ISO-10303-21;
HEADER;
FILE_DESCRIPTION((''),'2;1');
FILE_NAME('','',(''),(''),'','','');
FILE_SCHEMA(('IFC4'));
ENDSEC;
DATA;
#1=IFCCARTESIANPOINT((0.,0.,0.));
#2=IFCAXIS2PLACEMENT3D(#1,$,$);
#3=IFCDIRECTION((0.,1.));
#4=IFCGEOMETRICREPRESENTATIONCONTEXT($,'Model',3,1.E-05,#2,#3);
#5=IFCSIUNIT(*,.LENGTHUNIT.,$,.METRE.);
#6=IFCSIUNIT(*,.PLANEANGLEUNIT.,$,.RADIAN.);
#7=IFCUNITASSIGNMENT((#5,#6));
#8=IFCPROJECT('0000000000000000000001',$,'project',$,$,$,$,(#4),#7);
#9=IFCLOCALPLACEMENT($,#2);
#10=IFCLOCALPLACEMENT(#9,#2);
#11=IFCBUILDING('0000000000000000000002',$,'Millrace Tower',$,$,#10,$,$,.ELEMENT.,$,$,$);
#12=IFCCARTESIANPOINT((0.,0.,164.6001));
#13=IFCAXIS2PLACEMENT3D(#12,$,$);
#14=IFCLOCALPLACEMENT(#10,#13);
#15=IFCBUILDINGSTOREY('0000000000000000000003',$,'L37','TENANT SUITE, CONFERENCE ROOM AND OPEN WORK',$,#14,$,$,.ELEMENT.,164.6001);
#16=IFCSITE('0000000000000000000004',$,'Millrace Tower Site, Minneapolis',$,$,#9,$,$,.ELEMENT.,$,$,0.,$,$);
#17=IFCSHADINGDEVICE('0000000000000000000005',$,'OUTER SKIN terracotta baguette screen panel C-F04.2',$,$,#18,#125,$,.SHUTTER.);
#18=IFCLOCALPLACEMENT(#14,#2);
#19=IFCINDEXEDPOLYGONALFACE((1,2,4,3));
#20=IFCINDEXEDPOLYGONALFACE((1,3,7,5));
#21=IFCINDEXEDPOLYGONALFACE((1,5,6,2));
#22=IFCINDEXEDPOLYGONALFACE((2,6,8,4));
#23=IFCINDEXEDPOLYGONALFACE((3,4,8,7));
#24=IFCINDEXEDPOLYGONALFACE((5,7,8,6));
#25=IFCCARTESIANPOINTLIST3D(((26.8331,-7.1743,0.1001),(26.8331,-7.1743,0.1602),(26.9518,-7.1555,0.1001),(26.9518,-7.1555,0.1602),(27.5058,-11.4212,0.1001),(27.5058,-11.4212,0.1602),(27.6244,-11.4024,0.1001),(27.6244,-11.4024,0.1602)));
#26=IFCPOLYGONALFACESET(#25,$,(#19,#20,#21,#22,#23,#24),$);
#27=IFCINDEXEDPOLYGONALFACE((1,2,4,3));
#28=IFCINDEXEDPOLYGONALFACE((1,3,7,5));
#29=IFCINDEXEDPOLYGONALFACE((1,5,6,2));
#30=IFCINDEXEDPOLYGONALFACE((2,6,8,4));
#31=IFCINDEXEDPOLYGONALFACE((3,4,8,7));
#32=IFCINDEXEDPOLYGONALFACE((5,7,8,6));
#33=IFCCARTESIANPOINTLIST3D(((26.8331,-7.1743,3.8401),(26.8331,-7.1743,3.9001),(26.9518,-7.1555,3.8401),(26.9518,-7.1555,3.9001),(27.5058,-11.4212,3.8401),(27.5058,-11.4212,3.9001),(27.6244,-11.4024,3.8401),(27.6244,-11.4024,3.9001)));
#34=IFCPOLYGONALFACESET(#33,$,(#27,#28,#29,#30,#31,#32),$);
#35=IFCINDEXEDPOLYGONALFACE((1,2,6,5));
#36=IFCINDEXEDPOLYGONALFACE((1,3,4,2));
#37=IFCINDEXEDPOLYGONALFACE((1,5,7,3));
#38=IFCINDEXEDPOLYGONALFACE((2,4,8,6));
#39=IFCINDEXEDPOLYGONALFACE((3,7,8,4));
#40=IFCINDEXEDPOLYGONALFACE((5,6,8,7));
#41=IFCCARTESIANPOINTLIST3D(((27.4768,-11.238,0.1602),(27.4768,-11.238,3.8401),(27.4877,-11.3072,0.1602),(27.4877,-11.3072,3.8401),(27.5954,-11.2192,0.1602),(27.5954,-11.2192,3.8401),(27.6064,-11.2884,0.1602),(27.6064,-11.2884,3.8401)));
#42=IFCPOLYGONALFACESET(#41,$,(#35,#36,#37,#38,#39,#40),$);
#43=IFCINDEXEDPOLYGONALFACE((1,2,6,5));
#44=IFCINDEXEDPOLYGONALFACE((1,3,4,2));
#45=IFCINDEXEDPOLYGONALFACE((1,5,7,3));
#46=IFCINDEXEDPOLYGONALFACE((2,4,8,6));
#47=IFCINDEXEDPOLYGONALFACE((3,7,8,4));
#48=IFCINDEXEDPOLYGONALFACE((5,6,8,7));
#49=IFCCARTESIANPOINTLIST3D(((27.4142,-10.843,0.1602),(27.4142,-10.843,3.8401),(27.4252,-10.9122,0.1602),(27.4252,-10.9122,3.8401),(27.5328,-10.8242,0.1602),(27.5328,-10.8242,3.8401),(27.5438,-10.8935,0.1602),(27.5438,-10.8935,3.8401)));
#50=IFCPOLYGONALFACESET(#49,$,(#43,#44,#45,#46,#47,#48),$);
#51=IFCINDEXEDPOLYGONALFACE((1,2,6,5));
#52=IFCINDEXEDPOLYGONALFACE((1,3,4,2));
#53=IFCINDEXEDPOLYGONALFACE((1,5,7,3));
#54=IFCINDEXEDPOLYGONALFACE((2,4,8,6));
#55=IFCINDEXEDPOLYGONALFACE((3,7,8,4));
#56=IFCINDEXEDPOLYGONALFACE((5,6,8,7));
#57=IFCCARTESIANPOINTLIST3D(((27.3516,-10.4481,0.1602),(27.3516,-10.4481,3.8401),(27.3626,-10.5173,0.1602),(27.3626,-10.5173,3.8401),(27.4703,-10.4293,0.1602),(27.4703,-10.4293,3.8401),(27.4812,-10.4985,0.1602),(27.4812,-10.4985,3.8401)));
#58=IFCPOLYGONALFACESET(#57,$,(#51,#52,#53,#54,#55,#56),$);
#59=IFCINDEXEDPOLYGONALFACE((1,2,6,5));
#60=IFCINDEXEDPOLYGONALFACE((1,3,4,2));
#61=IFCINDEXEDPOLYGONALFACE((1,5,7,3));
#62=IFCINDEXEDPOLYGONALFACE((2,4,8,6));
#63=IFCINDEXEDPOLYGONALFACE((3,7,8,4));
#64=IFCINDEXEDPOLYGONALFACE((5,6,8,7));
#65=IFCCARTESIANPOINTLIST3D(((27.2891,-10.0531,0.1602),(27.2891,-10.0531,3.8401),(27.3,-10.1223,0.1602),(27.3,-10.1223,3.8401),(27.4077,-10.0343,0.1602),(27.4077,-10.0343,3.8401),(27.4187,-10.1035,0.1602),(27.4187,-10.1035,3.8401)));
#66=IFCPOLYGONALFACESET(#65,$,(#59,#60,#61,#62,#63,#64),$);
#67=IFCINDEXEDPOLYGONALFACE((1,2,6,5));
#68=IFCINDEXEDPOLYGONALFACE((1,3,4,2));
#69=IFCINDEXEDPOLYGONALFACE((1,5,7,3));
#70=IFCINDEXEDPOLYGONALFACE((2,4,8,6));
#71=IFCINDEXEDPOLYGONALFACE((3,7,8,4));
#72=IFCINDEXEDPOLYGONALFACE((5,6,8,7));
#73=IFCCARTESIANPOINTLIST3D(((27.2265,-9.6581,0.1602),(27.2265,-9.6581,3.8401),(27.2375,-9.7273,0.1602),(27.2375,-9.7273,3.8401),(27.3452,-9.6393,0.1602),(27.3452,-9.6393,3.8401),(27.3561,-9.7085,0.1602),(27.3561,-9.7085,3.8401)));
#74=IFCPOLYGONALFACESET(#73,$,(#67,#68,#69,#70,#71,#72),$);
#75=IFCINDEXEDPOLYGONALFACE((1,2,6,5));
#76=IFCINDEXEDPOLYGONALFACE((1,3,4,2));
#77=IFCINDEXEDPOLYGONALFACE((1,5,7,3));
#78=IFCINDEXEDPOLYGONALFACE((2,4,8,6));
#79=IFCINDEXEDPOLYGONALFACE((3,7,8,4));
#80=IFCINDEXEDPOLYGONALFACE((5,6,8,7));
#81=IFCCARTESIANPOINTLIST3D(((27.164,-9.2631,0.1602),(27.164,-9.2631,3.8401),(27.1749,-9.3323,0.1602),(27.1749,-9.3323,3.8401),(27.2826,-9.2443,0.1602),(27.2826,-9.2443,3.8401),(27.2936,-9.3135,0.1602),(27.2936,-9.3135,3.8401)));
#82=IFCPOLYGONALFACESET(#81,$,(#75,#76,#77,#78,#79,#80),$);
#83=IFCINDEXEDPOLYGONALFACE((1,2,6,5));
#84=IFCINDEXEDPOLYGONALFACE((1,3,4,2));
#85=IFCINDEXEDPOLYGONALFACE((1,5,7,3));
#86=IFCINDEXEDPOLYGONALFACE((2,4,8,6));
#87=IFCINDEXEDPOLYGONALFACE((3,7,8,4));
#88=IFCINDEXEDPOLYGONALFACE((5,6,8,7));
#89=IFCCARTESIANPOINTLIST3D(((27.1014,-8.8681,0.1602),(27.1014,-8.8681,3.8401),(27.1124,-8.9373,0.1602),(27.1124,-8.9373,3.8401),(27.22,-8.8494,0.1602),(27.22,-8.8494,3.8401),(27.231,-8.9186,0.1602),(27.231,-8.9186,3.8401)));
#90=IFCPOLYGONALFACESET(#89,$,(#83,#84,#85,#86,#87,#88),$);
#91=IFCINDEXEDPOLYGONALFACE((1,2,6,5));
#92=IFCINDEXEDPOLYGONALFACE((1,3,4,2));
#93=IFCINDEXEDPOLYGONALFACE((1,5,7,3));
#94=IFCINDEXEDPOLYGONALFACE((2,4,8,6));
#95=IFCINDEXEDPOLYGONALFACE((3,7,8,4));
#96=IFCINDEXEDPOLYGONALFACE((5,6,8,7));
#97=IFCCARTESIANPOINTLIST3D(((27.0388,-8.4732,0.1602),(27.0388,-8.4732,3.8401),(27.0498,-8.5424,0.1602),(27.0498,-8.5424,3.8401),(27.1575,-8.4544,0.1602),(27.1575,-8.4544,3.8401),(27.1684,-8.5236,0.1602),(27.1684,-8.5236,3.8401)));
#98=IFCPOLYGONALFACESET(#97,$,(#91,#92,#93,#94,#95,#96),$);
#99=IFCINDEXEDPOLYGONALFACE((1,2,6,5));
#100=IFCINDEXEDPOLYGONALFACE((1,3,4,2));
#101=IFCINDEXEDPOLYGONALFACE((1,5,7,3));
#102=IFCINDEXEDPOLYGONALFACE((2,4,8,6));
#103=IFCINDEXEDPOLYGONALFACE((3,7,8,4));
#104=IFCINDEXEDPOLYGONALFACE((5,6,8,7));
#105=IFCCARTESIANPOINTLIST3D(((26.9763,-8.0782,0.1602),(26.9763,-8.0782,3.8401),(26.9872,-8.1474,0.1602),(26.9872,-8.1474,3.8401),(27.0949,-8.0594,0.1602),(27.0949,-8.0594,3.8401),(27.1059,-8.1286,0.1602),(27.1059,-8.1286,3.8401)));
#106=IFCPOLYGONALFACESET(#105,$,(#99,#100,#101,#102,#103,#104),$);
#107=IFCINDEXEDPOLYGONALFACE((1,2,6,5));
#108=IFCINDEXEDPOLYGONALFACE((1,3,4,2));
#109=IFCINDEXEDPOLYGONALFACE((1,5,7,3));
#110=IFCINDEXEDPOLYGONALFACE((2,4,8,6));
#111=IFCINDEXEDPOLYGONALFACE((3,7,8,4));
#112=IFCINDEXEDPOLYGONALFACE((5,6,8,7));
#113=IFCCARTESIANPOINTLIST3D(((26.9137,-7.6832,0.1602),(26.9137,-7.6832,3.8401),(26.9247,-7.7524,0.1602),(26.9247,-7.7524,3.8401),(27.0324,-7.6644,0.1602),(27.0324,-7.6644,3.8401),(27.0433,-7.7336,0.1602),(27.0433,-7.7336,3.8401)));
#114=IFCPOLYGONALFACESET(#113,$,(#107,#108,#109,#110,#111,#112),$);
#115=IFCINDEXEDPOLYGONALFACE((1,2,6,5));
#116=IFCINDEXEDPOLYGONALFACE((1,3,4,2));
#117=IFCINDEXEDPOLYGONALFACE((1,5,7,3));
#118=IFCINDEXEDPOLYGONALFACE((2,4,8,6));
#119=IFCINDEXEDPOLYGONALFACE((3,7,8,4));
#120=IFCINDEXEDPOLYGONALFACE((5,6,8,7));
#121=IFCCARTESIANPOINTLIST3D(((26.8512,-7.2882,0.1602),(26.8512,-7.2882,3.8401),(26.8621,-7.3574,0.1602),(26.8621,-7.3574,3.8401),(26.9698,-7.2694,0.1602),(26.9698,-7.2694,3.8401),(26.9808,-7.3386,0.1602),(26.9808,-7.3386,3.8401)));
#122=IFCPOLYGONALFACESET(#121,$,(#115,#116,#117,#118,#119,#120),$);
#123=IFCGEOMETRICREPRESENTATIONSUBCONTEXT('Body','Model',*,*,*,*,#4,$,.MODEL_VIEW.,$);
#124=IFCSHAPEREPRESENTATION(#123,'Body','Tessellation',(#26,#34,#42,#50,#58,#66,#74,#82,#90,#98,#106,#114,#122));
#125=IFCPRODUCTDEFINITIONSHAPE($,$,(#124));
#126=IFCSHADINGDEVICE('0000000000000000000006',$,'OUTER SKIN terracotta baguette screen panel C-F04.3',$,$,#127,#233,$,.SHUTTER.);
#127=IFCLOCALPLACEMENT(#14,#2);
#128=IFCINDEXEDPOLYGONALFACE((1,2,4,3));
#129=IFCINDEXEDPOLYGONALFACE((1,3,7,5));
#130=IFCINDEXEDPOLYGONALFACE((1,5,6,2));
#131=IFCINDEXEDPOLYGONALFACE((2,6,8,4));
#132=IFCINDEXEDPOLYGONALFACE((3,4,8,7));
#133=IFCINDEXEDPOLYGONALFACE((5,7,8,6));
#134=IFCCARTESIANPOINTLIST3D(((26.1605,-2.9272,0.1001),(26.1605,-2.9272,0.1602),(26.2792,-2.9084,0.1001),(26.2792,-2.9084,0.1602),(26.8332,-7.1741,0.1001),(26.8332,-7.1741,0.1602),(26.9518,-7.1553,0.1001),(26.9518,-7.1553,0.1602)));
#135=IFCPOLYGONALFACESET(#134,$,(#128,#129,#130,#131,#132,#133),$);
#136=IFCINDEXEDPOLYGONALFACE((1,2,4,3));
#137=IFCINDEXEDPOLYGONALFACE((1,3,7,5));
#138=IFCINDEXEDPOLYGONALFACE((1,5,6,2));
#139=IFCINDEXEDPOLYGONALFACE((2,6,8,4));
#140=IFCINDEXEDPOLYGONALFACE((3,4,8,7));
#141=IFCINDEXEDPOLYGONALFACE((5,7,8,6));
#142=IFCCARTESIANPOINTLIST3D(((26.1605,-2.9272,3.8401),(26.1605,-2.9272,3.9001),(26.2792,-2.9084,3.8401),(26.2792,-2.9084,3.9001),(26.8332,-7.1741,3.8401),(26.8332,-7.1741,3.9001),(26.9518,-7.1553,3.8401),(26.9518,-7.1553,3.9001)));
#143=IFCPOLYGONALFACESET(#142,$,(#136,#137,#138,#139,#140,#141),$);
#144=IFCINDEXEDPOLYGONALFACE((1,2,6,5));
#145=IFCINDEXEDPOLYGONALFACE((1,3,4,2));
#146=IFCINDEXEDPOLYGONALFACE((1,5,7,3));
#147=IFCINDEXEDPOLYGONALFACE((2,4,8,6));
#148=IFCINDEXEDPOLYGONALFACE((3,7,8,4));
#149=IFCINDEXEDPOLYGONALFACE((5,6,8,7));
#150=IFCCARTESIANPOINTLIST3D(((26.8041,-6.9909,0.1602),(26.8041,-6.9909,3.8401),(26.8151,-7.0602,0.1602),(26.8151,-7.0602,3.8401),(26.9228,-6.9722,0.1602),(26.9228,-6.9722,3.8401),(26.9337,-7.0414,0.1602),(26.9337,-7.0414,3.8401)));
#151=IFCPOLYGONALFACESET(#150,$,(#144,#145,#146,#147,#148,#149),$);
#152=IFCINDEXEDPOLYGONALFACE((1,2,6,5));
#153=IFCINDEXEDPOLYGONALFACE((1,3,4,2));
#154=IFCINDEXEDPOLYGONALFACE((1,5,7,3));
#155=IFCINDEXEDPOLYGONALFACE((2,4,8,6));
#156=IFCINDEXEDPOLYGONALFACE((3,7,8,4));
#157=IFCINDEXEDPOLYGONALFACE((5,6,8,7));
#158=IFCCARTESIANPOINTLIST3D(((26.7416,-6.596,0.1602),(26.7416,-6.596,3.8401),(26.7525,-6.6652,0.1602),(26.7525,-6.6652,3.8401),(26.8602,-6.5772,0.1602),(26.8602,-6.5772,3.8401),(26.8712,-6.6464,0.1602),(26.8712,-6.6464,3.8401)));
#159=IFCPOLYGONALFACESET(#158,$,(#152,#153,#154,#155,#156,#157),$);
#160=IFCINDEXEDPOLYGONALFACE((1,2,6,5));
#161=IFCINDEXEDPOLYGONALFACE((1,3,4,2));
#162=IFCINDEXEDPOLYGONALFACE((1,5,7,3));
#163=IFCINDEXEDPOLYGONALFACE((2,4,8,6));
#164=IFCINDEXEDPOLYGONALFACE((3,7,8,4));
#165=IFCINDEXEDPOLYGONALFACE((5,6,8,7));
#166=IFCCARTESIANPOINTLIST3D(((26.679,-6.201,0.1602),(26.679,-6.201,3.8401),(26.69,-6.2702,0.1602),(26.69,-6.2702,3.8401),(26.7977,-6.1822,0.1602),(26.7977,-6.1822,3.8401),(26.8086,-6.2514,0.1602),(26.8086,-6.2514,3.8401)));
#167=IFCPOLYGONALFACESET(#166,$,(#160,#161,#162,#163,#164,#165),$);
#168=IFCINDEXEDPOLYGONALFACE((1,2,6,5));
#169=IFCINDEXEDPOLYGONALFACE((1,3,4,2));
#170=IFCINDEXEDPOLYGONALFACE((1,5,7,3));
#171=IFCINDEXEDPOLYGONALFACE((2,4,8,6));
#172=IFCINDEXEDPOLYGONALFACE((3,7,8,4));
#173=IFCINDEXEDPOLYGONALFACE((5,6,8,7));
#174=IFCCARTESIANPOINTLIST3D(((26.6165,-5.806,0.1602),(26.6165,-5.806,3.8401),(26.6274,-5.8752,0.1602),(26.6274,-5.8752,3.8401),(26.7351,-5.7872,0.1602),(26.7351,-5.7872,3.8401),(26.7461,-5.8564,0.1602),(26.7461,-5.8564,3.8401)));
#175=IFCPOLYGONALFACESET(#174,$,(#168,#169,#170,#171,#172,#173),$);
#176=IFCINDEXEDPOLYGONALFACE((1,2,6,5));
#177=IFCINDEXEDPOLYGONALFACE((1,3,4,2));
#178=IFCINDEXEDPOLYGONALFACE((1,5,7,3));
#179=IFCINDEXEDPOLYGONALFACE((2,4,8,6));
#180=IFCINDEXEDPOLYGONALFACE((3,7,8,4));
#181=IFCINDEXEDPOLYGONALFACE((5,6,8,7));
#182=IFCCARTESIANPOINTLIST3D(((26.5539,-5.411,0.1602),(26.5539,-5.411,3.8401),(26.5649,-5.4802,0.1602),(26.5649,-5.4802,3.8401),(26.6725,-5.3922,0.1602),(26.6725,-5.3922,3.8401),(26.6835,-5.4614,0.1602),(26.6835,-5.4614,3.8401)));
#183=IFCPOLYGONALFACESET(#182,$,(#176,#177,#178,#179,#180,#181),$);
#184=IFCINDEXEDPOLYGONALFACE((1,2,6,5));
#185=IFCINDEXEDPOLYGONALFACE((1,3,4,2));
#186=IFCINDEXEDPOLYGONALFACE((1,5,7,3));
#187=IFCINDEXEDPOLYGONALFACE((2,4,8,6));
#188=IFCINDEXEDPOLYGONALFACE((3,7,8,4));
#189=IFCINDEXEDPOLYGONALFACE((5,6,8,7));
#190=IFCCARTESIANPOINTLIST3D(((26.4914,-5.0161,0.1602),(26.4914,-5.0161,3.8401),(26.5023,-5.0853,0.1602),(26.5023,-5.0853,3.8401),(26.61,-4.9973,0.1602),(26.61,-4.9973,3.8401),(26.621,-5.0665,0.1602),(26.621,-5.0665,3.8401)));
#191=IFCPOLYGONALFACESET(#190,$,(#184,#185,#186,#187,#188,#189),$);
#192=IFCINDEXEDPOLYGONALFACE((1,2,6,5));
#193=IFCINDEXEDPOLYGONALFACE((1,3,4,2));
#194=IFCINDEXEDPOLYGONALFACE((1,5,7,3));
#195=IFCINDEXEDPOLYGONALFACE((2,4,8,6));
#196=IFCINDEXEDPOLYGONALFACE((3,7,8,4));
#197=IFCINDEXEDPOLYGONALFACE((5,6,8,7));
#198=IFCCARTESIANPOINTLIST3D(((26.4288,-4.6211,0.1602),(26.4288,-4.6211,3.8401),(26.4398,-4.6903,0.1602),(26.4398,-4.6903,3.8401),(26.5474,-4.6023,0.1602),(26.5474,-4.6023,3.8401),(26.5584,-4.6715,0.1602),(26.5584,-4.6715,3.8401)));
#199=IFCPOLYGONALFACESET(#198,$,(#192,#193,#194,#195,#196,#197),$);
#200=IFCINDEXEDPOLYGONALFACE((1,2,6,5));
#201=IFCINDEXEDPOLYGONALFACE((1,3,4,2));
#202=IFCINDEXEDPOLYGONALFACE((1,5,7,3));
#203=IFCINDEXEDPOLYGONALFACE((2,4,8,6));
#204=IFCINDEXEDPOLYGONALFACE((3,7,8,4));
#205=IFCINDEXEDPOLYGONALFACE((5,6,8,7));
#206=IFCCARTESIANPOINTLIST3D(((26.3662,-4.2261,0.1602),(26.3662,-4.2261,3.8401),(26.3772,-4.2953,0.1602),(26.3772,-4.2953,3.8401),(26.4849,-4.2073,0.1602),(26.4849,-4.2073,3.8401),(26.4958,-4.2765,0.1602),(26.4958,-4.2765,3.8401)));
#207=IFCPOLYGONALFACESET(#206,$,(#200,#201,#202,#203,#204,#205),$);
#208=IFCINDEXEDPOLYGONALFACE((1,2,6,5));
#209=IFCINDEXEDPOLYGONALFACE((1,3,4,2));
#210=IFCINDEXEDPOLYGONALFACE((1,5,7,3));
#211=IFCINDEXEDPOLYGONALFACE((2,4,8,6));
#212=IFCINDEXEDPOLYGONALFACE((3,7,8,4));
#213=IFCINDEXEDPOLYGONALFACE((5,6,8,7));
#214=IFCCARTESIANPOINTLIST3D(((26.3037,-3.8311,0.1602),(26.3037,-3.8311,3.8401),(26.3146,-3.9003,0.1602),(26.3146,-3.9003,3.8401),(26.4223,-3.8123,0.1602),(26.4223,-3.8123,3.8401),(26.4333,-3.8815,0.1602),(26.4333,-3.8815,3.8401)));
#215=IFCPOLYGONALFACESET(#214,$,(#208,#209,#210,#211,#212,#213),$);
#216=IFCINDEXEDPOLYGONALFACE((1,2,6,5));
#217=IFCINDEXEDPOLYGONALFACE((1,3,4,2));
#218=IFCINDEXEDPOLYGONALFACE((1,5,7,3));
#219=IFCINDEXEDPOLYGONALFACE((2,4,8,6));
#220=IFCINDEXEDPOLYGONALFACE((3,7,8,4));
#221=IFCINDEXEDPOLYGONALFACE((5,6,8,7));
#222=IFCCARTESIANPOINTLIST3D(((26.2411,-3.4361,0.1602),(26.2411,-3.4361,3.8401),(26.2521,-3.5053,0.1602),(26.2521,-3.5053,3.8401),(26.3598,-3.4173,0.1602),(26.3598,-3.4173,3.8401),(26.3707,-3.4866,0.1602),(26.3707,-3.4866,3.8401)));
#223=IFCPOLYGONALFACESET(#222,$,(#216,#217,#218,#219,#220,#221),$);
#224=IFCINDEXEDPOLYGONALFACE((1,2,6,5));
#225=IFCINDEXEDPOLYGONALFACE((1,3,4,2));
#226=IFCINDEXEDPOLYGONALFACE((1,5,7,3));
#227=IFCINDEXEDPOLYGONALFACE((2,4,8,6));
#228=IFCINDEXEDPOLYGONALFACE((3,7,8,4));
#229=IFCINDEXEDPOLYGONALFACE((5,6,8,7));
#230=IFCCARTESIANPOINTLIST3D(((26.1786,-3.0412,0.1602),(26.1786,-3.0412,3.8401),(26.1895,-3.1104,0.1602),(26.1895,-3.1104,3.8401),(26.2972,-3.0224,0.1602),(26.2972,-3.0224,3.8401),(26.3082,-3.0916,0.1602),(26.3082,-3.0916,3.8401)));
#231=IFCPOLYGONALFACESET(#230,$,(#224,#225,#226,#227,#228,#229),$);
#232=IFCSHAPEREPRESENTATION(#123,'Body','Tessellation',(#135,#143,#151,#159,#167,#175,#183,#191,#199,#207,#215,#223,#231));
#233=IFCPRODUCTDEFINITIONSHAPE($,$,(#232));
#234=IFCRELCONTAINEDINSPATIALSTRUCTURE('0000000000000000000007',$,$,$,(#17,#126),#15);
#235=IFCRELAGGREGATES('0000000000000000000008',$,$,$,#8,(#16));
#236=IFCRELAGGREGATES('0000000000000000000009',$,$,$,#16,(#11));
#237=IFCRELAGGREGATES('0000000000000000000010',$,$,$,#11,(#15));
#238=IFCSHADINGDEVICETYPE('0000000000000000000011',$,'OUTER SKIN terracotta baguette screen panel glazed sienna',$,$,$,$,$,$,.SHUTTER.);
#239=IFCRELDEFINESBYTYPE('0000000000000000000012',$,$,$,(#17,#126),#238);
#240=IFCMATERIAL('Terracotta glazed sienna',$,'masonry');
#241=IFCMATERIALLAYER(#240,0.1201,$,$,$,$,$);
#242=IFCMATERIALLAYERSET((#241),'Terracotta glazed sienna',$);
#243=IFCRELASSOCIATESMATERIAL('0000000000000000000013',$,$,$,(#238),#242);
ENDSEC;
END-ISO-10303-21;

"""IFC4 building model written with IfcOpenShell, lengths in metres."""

from ifc_helpers import new_model, entity, si_unit, direction, frame, frame_2d, origin, origin_2d, place, context, subcontext, project, spatial, rectangle, extrude, source, transform, mapped, material, layer, layer_set, type_object, element, save


model = new_model("IFC4")

# Units and contexts
model_context = context("Model", 3, precision=1e-05, world=origin(), true_north=direction((0.0, 1.0)))
body_context = subcontext(model_context, "Body", "Model", "MODEL_VIEW")
ifc_project = project(units=[si_unit("LENGTHUNIT", "METRE"), si_unit("PLANEANGLEUNIT", "RADIAN")], contexts=[model_context])

# Site, building, storey
site_placement = place(None, origin())
site = spatial("IfcSite", under=ifc_project, at=site_placement, Name="Millrace Tower Site, Minneapolis", CompositionType="ELEMENT", RefElevation=0.0)
building_placement = place(site_placement, origin())
building = spatial("IfcBuilding", under=site, at=building_placement, Name="Millrace Tower", CompositionType="ELEMENT")
storey_placement = place(building_placement, frame((0.0, 0.0, 164.6001)))
storey = spatial("IfcBuildingStorey", under=building, at=storey_placement, Name="L37", Description="TENANT SUITE, CONFERENCE ROOM AND OPEN WORK", CompositionType="ELEMENT", Elevation=164.6001)

# Shading devices
ifc_material_1 = material(Name="Terracotta glazed sienna", Category="masonry")
ifc_layer_1 = layer(ifc_material_1, 0.1201)
ifc_layer_set_1 = layer_set([ifc_layer_1], Name="Terracotta glazed sienna")
shading_device_type = type_object("IfcShadingDeviceType", Name="OUTER SKIN terracotta baguette screen panel glazed sienna", PredefinedType="SHUTTER", material=ifc_layer_set_1)
cartesian_point_1 = entity("IfcCartesianPoint", [-2.1499, 0.0601])
shared_polyline_1 = entity("IfcPolyline", [cartesian_point_1, entity("IfcCartesianPoint", [2.1499, 0.0601]), entity("IfcCartesianPoint", [2.1499, -0.0601]), entity("IfcCartesianPoint", [-2.1499, -0.0601]), cartesian_point_1])
shared_shape_1 = source(origin(), body_context, "Body", "SweptSolid", [
    entity("IfcExtrudedAreaSolid", entity("IfcArbitraryClosedProfileDef", "AREA", None, shared_polyline_1), entity("IfcAxis2Placement3D", entity("IfcCartesianPoint", [0.0, 0.0, 0.0])), entity("IfcDirection", [0.0, 0.0, 1.0]), 0.0601),
    entity("IfcExtrudedAreaSolid", entity("IfcArbitraryClosedProfileDef", "AREA", None, shared_polyline_1), entity("IfcAxis2Placement3D", entity("IfcCartesianPoint", [0.0, 0.0, 3.74])), entity("IfcDirection", [0.0, 0.0, 1.0]), 0.0601),
    extrude(rectangle(XDim=0.0701, YDim=0.1201, at=frame_2d((-1.9995, 0.0))), frame((0.0, 0.0, 0.0601)), (0.0, 0.0, 1.0), 3.6799),
    extrude(rectangle(XDim=0.0701, YDim=0.1201, at=frame_2d((-1.5996, 0.0))), frame((0.0, 0.0, 0.0601)), (0.0, 0.0, 1.0), 3.6799),
    extrude(rectangle(XDim=0.0701, YDim=0.1201, at=frame_2d((-1.1997, 0.0))), frame((0.0, 0.0, 0.0601)), (0.0, 0.0, 1.0), 3.6799),
    extrude(rectangle(XDim=0.0701, YDim=0.1201, at=frame_2d((-0.7998, 0.0))), frame((0.0, 0.0, 0.0601)), (0.0, 0.0, 1.0), 3.6799),
    extrude(rectangle(XDim=0.0701, YDim=0.1201, at=frame_2d((-0.3999, 0.0))), frame((0.0, 0.0, 0.0601)), (0.0, 0.0, 1.0), 3.6799),
    extrude(rectangle(XDim=0.0701, YDim=0.1201, at=origin_2d()), frame((0.0, 0.0, 0.0601)), (0.0, 0.0, 1.0), 3.6799),
    extrude(rectangle(XDim=0.0701, YDim=0.1201, at=frame_2d((0.3999, 0.0))), frame((0.0, 0.0, 0.0601)), (0.0, 0.0, 1.0), 3.6799),
    extrude(rectangle(XDim=0.0701, YDim=0.1201, at=frame_2d((0.7998, 0.0))), frame((0.0, 0.0, 0.0601)), (0.0, 0.0, 1.0), 3.6799),
    extrude(rectangle(XDim=0.0701, YDim=0.1201, at=frame_2d((1.1997, 0.0))), frame((0.0, 0.0, 0.0601)), (0.0, 0.0, 1.0), 3.6799),
    extrude(rectangle(XDim=0.0701, YDim=0.1201, at=frame_2d((1.5996, 0.0))), frame((0.0, 0.0, 0.0601)), (0.0, 0.0, 1.0), 3.6799),
    extrude(rectangle(XDim=0.0701, YDim=0.1201, at=frame_2d((1.9995, 0.0))), frame((0.0, 0.0, 0.0601)), (0.0, 0.0, 1.0), 3.6799),
])
for number, where, z_axis, x_axis, name in (
    (1, (27.2288, -9.2883, 0.1001), (0.0, 0.0, 1.0), (-0.156434, 0.987688, 0.0), "OUTER SKIN terracotta baguette screen panel C-F04.2"),
    (2, (26.5562, -5.0413, 0.1001), (0.0, 0.0, 1.0), (-0.156434, 0.987688, 0.0), "OUTER SKIN terracotta baguette screen panel C-F04.3"),
):
    element("IfcShadingDevice", number, at=place(storey_placement, frame(where, z_axis=z_axis, x_axis=x_axis)), inside=storey, type_object=shading_device_type, Name=name, PredefinedType="SHUTTER", context=body_context, shape_type="MappedRepresentation", body=[
        mapped(shared_shape_1, transform((0.0, 0.0, 0.0), scale=1.0)),
    ])

save(model, "model.ifc")
